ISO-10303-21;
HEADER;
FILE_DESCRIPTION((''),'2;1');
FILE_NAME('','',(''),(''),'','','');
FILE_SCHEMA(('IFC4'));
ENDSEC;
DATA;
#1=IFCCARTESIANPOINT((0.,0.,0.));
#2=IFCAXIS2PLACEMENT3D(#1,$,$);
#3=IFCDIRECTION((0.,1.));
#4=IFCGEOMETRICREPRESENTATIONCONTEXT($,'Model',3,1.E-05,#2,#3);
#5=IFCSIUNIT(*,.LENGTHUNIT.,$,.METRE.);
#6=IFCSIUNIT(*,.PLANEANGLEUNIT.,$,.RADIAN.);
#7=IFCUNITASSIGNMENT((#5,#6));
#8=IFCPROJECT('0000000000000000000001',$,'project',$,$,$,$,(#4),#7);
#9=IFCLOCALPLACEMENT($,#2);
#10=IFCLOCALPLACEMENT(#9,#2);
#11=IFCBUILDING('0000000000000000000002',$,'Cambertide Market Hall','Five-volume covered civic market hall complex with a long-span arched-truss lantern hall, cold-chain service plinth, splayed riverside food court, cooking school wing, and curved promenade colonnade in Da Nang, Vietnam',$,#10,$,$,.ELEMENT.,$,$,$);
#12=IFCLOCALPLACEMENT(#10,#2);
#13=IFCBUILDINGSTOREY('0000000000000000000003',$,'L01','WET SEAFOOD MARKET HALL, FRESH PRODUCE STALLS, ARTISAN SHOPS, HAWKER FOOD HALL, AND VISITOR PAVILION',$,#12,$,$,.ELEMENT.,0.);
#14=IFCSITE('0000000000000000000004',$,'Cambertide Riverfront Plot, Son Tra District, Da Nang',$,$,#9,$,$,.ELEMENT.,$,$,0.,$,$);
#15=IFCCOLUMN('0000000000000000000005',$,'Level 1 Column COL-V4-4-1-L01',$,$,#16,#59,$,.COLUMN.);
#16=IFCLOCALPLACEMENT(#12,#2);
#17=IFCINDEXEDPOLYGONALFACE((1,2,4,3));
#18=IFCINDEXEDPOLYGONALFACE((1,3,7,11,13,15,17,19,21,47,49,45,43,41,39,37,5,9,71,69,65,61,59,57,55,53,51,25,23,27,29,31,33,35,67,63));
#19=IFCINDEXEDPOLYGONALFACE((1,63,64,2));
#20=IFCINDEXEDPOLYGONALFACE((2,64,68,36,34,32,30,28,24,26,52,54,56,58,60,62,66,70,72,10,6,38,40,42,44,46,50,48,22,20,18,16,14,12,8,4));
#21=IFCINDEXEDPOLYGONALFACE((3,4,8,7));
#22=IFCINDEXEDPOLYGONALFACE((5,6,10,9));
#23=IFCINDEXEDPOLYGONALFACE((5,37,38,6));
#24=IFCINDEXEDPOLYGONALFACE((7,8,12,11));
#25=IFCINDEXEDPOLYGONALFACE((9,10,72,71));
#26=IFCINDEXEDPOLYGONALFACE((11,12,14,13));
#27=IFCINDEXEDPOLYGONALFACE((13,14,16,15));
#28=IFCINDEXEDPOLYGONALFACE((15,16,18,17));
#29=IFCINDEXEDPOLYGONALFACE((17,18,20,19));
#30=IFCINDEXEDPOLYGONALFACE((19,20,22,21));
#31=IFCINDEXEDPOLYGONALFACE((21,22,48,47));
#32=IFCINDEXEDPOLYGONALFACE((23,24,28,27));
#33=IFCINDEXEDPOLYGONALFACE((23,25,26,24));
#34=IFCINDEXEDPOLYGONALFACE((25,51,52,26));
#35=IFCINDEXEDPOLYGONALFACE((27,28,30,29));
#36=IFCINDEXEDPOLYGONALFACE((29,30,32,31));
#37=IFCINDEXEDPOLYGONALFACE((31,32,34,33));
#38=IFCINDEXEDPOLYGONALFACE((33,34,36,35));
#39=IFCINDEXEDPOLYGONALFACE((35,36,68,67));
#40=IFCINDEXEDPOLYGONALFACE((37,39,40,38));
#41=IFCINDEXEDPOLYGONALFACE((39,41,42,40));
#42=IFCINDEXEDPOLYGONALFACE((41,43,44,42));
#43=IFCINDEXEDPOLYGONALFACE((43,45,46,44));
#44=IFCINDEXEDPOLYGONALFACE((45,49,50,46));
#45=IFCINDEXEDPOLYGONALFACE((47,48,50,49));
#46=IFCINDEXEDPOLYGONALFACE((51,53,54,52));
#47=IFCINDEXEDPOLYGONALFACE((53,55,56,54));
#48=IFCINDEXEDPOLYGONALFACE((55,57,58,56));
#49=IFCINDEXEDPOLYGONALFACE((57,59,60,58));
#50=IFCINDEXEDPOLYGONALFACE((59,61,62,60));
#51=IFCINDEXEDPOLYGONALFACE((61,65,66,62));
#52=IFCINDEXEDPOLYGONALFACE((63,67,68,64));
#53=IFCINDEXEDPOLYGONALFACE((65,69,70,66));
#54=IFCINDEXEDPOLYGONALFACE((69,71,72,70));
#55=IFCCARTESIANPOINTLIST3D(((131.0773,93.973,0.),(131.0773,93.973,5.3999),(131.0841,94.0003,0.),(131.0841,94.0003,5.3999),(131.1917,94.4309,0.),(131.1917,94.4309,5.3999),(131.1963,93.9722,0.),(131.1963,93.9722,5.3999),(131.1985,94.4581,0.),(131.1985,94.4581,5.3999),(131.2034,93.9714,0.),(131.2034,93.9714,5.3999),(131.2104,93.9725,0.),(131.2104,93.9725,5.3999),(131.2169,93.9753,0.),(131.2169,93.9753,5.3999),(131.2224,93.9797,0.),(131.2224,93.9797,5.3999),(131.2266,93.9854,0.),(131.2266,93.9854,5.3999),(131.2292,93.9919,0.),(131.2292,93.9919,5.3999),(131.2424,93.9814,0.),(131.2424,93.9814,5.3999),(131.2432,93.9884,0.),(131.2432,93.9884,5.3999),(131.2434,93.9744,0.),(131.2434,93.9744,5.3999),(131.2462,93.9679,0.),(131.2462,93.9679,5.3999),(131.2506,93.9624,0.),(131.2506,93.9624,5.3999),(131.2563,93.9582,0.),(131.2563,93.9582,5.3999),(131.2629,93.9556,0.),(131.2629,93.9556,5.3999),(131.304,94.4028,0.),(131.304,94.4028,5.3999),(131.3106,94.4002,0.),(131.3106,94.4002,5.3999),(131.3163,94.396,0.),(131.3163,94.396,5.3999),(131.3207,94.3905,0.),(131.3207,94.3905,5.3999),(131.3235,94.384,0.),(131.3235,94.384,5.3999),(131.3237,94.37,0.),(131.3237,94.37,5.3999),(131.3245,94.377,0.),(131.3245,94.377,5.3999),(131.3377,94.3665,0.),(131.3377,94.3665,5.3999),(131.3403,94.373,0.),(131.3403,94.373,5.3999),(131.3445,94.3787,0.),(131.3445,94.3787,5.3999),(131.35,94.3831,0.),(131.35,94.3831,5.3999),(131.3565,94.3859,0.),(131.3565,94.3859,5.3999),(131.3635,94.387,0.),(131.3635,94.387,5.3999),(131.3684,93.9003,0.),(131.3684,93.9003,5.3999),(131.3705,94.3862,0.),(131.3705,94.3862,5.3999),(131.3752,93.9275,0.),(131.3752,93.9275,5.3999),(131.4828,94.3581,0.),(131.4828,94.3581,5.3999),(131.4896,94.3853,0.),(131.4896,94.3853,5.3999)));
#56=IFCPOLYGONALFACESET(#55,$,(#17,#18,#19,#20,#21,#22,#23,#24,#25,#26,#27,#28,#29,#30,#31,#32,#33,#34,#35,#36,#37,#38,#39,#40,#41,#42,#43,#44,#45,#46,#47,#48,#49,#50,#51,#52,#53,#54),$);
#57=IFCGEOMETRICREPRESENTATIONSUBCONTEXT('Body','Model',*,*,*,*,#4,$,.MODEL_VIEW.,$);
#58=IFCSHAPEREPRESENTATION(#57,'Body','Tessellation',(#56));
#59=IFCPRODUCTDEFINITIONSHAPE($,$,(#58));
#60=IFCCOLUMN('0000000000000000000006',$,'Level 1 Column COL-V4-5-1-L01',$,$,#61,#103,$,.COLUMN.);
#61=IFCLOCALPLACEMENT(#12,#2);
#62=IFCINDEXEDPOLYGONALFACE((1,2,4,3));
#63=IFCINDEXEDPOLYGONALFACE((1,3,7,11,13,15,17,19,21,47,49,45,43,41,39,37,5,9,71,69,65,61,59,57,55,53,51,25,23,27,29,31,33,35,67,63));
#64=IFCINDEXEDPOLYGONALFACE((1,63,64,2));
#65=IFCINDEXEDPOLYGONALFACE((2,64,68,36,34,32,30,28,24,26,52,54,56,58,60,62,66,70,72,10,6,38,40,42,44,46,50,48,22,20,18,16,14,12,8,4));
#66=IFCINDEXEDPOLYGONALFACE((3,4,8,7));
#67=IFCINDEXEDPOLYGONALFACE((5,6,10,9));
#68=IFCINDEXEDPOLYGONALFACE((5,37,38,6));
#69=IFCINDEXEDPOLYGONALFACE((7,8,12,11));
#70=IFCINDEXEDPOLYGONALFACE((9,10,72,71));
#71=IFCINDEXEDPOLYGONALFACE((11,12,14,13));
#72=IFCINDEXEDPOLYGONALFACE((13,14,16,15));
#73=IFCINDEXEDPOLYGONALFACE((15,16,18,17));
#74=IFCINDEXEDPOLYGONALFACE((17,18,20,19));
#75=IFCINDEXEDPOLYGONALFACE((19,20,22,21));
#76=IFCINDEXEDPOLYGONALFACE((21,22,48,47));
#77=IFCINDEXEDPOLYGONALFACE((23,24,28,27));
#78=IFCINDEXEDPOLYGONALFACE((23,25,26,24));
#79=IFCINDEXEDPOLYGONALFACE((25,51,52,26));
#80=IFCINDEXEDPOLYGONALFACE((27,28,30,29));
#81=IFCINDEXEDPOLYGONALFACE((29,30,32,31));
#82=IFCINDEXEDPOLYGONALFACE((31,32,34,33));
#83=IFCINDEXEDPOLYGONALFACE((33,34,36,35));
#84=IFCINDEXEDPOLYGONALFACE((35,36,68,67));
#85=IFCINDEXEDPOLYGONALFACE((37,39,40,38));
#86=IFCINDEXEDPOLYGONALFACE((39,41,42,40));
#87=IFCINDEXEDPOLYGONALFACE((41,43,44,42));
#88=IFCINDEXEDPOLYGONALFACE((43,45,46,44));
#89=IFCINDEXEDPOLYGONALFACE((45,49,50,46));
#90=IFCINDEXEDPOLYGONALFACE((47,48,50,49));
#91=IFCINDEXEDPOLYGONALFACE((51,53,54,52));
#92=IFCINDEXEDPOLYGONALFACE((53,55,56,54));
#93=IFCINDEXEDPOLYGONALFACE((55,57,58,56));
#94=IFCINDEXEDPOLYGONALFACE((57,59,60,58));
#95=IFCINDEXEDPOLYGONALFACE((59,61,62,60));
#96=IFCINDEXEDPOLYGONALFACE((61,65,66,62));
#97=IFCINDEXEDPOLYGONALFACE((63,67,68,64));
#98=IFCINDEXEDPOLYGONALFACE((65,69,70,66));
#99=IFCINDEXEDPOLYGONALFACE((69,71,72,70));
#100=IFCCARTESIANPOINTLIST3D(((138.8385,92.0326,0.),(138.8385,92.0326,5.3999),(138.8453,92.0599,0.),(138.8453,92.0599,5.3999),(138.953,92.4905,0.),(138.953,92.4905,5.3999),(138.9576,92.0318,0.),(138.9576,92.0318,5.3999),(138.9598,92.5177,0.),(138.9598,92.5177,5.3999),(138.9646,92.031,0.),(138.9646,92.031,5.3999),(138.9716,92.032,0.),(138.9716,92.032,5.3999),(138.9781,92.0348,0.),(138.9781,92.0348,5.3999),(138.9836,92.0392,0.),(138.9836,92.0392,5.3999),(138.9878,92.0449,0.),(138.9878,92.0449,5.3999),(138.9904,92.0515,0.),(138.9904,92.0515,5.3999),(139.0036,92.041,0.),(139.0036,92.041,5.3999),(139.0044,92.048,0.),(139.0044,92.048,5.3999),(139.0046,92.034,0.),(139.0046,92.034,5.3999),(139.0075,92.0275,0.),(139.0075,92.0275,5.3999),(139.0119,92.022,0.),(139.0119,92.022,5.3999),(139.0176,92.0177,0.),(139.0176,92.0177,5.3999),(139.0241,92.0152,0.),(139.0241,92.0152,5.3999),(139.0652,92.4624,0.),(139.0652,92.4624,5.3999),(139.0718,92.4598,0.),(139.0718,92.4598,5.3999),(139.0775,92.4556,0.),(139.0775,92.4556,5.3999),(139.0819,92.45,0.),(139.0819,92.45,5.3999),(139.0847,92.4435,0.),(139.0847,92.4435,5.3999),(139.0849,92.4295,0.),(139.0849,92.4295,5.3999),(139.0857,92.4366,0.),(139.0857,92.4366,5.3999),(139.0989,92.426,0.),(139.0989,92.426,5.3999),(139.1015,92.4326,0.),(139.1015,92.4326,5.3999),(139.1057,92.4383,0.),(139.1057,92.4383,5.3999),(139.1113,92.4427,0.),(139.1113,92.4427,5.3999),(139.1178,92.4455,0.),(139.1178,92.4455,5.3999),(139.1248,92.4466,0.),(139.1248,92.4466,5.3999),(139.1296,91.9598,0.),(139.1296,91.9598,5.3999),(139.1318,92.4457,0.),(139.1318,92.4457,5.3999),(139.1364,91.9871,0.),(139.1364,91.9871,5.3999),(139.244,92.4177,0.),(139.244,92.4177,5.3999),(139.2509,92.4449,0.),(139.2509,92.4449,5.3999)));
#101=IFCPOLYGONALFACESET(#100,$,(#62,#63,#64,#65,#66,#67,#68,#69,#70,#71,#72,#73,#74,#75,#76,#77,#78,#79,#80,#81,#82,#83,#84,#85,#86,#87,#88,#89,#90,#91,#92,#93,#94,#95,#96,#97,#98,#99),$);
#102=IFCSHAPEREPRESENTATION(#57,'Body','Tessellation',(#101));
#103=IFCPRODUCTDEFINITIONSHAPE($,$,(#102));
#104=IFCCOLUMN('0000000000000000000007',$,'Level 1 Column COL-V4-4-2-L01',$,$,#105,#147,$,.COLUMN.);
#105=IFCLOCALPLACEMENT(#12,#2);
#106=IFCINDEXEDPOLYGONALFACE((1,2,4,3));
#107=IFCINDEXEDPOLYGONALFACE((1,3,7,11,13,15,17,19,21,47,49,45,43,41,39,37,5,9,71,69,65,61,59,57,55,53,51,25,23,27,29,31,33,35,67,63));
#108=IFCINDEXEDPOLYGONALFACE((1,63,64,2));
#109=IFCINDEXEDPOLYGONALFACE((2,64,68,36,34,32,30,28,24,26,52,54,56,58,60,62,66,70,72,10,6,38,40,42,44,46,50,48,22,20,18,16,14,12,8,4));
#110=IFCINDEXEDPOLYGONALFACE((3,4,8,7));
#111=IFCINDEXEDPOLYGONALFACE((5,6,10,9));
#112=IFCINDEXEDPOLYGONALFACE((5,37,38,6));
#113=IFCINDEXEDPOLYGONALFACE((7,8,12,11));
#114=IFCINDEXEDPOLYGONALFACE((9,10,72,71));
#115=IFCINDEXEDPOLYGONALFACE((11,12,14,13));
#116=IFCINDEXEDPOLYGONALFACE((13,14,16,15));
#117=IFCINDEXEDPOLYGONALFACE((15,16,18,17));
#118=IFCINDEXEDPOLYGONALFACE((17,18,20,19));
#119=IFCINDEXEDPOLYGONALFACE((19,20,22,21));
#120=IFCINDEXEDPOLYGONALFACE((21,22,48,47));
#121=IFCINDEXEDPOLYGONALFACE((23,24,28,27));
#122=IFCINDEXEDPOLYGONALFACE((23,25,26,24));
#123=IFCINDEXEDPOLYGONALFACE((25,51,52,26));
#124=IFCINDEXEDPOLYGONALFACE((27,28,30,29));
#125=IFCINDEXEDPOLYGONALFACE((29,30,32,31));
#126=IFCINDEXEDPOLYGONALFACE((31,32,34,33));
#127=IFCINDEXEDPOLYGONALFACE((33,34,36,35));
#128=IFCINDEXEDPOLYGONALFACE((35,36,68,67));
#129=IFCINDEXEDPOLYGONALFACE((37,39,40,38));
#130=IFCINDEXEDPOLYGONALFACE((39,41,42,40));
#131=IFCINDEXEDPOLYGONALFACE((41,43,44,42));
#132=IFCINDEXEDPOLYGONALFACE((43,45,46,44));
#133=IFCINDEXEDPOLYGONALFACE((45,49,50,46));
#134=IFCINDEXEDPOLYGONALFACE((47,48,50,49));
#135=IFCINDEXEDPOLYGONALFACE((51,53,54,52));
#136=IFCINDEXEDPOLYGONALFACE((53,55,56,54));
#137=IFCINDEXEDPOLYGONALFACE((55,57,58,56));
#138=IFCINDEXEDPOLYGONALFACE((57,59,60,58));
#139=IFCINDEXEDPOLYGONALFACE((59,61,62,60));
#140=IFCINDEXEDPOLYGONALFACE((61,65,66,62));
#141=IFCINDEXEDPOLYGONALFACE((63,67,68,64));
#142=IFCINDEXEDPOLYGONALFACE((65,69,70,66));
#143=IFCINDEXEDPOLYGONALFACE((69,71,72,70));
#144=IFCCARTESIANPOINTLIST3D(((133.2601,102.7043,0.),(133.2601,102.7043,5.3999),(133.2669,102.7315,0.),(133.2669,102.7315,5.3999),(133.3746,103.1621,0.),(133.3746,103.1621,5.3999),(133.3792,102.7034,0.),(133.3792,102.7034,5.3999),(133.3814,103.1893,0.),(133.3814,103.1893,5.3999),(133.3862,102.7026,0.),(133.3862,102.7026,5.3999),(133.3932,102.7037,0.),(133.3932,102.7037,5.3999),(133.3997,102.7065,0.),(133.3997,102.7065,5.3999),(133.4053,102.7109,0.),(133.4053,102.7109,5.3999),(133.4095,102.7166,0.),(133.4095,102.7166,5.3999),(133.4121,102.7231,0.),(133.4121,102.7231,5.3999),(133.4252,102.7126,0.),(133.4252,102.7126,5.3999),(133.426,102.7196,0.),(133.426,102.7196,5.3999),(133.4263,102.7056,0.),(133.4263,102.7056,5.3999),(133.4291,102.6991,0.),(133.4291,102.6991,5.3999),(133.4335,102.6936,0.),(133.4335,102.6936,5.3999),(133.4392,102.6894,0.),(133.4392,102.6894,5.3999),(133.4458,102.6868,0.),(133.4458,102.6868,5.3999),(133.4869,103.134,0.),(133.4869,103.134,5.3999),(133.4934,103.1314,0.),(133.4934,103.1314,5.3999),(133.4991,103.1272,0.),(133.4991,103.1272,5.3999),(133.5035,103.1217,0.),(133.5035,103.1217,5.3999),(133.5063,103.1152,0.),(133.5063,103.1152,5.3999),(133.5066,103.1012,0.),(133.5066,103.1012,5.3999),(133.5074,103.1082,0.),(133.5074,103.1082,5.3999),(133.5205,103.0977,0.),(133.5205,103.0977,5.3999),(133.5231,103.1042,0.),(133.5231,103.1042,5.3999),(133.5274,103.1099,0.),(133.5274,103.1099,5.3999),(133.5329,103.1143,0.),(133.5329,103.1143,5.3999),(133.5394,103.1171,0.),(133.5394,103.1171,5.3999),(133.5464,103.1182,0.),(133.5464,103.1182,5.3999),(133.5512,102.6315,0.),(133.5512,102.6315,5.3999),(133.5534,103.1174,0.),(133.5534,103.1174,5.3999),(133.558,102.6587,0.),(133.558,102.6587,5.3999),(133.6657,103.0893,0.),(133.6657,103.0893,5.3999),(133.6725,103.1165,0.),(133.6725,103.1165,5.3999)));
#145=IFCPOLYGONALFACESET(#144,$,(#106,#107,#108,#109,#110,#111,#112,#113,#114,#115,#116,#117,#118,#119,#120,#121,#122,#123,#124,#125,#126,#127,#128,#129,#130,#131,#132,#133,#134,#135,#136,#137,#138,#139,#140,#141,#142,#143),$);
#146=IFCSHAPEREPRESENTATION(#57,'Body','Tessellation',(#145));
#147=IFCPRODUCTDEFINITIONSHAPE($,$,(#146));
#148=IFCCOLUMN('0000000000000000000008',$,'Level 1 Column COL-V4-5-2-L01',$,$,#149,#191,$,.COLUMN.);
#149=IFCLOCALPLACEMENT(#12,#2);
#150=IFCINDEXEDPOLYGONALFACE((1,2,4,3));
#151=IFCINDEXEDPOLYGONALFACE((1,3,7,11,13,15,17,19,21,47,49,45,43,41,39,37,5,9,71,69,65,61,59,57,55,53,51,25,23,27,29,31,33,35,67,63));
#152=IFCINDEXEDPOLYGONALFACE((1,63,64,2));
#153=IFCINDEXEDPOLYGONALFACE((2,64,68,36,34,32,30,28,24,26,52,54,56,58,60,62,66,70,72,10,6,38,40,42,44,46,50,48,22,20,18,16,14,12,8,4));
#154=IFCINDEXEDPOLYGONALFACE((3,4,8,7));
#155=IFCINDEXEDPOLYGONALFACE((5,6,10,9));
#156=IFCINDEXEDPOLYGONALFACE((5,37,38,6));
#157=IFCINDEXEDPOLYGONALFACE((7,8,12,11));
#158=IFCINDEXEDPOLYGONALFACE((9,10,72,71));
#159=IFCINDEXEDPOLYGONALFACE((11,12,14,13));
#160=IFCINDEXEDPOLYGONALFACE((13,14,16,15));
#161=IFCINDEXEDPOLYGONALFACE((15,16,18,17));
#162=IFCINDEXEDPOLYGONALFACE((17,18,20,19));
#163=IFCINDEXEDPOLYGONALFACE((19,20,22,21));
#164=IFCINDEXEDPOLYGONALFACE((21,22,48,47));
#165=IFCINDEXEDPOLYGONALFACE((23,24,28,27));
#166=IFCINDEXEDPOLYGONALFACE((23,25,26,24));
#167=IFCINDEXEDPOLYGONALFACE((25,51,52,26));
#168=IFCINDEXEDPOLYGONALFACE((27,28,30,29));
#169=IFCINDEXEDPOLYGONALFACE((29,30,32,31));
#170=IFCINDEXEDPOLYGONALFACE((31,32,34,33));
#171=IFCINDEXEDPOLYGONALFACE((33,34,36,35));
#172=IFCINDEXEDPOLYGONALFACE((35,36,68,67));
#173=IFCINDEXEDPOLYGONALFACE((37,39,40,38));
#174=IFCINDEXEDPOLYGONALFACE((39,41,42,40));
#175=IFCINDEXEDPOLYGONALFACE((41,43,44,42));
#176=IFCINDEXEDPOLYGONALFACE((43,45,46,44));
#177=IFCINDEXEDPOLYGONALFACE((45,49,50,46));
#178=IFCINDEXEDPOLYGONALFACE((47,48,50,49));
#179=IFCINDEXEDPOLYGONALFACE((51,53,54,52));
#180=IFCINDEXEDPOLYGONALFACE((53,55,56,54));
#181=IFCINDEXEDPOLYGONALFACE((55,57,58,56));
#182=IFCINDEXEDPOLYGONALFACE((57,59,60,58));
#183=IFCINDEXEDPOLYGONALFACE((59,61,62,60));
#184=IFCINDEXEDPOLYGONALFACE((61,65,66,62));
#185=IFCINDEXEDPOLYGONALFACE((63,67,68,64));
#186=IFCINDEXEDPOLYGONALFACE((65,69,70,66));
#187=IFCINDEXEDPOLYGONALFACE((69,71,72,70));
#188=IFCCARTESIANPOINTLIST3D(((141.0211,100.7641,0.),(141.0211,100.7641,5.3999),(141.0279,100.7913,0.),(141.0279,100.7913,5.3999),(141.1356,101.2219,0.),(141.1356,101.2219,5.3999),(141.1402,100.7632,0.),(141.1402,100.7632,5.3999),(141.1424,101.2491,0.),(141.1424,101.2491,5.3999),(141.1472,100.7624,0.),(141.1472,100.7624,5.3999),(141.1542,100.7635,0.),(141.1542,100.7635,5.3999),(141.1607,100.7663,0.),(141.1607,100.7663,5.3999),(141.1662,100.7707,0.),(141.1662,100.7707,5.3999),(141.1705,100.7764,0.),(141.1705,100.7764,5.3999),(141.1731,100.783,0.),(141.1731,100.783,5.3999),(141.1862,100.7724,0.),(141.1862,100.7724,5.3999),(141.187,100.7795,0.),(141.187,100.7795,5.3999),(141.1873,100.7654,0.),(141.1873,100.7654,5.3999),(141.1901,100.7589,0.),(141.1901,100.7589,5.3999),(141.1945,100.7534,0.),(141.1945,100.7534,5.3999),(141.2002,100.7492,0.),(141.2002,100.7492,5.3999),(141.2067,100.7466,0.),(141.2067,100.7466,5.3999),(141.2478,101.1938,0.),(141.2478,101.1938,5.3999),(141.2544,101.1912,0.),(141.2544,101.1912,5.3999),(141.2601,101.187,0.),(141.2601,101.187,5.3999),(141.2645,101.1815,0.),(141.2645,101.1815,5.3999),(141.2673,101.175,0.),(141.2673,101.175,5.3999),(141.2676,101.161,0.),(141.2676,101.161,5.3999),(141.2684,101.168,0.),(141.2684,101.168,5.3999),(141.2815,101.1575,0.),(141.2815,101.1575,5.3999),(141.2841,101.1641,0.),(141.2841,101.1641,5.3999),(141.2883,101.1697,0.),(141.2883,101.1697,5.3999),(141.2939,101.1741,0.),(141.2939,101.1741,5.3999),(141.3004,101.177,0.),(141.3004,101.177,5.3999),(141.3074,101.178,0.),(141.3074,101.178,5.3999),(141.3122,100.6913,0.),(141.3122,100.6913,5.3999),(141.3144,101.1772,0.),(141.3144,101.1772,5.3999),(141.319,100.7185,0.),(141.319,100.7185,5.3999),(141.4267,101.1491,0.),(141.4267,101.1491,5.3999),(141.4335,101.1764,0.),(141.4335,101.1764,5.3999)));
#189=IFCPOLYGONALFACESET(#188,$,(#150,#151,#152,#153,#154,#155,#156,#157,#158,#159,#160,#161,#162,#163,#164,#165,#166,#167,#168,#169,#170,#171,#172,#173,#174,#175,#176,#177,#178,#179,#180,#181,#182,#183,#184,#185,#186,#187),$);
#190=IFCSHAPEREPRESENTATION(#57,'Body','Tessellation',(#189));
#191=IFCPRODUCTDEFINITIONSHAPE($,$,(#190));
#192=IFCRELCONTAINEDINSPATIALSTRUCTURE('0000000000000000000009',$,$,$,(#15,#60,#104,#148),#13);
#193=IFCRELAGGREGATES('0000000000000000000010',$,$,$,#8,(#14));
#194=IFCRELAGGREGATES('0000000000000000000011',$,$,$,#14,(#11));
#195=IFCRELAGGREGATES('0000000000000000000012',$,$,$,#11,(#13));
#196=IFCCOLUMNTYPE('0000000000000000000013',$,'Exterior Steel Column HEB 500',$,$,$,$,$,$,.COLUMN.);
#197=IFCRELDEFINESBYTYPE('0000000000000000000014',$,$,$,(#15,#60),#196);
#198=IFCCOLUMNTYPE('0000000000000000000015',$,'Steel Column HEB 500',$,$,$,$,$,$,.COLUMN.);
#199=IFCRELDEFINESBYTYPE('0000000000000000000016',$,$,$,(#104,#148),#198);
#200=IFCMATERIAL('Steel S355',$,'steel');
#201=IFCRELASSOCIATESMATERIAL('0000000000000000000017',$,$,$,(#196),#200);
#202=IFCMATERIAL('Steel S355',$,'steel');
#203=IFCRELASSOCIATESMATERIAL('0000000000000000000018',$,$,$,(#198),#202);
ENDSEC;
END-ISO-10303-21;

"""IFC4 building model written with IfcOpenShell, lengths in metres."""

from ifc_helpers import new_model, si_unit, direction, frame, origin, origin_2d, place, context, subcontext, project, spatial, i_section, extrude, material, material_profile, profile_set, type_object, element, save


model = new_model("IFC4")

# Units and contexts
model_context = context("Model", 3, precision=1e-05, world=origin(), true_north=direction((0.0, 1.0)))
body_context = subcontext(model_context, "Body", "Model", "MODEL_VIEW")
ifc_project = project(units=[si_unit("LENGTHUNIT", "METRE"), si_unit("PLANEANGLEUNIT", "RADIAN")], contexts=[model_context])

# Site, building, storey
site_placement = place(None, origin())
site = spatial("IfcSite", under=ifc_project, at=site_placement, Name="Cambertide Riverfront Plot, Son Tra District, Da Nang", CompositionType="ELEMENT", RefElevation=0.0)
building_placement = place(site_placement, origin())
building = spatial("IfcBuilding", under=site, at=building_placement, Name="Cambertide Market Hall", Description="Five-volume covered civic market hall complex with a long-span arched-truss lantern hall, cold-chain service plinth, splayed riverside food court, cooking school wing, and curved promenade colonnade in Da Nang, Vietnam", CompositionType="ELEMENT")
storey_placement = place(building_placement, origin())
storey = spatial("IfcBuildingStorey", under=building, at=storey_placement, Name="L01", Description="WET SEAFOOD MARKET HALL, FRESH PRODUCE STALLS, ARTISAN SHOPS, HAWKER FOOD HALL, AND VISITOR PAVILION", CompositionType="ELEMENT", Elevation=0.0)

# Columns
ifc_material_1 = material(Name="Steel S355", Category="steel")
ifc_material_profile_1 = material_profile(ifc_material_1, i_section(OverallWidth=0.3, OverallDepth=0.5, WebThickness=0.0144, FlangeThickness=0.0281, FilletRadius=0.0271, at=origin_2d()), Name="HEB 500")
ifc_profile_set_1 = profile_set([ifc_material_profile_1], Name="Steel S355")
column_type_1 = type_object("IfcColumnType", Name="Exterior Steel Column HEB 500", PredefinedType="COLUMN", material=ifc_profile_set_1)
for number, where, z_axis, x_axis, name in (
    (1, (131.2834, 94.1792, 0.0), (0.0, 0.0, 1.0), (0.970143, -0.242536, 0.0), "Level 1 Column COL-V4-4-1-L01"),
    (2, (139.0447, 92.2388, 0.0), (0.0, 0.0, 1.0), (0.970143, -0.242536, 0.0), "Level 1 Column COL-V4-5-1-L01"),
):
    element("IfcColumn", number, at=place(storey_placement, frame(where, z_axis=z_axis, x_axis=x_axis)), inside=storey, type_object=column_type_1, Name=name, PredefinedType="COLUMN", context=body_context, shape_type="SweptSolid", body=[
        extrude(i_section(OverallWidth=0.3, OverallDepth=0.5, WebThickness=0.0144, FlangeThickness=0.0281, FilletRadius=0.0271, at=origin_2d()), origin(), (0.0, 0.0, 1.0), 5.3999),
    ])
ifc_material_2 = material(Name="Steel S355", Category="steel")
ifc_material_profile_2 = material_profile(ifc_material_2, i_section(OverallWidth=0.3, OverallDepth=0.5, WebThickness=0.0144, FlangeThickness=0.0281, FilletRadius=0.0271, at=origin_2d()), Name="HEB 500")
ifc_profile_set_2 = profile_set([ifc_material_profile_2], Name="Steel S355")
column_type_2 = type_object("IfcColumnType", Name="Steel Column HEB 500", PredefinedType="COLUMN", material=ifc_profile_set_2)
for number, where, z_axis, x_axis, name in (
    (3, (133.4663, 102.9104, 0.0), (0.0, 0.0, 1.0), (0.970143, -0.242536, 0.0), "Level 1 Column COL-V4-4-2-L01"),
    (4, (141.2273, 100.9702, 0.0), (0.0, 0.0, 1.0), (0.970143, -0.242536, 0.0), "Level 1 Column COL-V4-5-2-L01"),
):
    element("IfcColumn", number, at=place(storey_placement, frame(where, z_axis=z_axis, x_axis=x_axis)), inside=storey, type_object=column_type_2, Name=name, PredefinedType="COLUMN", context=body_context, shape_type="SweptSolid", body=[
        extrude(i_section(OverallWidth=0.3, OverallDepth=0.5, WebThickness=0.0144, FlangeThickness=0.0281, FilletRadius=0.0271, at=origin_2d()), origin(), (0.0, 0.0, 1.0), 5.3999),
    ])

save(model, "model.ifc")
